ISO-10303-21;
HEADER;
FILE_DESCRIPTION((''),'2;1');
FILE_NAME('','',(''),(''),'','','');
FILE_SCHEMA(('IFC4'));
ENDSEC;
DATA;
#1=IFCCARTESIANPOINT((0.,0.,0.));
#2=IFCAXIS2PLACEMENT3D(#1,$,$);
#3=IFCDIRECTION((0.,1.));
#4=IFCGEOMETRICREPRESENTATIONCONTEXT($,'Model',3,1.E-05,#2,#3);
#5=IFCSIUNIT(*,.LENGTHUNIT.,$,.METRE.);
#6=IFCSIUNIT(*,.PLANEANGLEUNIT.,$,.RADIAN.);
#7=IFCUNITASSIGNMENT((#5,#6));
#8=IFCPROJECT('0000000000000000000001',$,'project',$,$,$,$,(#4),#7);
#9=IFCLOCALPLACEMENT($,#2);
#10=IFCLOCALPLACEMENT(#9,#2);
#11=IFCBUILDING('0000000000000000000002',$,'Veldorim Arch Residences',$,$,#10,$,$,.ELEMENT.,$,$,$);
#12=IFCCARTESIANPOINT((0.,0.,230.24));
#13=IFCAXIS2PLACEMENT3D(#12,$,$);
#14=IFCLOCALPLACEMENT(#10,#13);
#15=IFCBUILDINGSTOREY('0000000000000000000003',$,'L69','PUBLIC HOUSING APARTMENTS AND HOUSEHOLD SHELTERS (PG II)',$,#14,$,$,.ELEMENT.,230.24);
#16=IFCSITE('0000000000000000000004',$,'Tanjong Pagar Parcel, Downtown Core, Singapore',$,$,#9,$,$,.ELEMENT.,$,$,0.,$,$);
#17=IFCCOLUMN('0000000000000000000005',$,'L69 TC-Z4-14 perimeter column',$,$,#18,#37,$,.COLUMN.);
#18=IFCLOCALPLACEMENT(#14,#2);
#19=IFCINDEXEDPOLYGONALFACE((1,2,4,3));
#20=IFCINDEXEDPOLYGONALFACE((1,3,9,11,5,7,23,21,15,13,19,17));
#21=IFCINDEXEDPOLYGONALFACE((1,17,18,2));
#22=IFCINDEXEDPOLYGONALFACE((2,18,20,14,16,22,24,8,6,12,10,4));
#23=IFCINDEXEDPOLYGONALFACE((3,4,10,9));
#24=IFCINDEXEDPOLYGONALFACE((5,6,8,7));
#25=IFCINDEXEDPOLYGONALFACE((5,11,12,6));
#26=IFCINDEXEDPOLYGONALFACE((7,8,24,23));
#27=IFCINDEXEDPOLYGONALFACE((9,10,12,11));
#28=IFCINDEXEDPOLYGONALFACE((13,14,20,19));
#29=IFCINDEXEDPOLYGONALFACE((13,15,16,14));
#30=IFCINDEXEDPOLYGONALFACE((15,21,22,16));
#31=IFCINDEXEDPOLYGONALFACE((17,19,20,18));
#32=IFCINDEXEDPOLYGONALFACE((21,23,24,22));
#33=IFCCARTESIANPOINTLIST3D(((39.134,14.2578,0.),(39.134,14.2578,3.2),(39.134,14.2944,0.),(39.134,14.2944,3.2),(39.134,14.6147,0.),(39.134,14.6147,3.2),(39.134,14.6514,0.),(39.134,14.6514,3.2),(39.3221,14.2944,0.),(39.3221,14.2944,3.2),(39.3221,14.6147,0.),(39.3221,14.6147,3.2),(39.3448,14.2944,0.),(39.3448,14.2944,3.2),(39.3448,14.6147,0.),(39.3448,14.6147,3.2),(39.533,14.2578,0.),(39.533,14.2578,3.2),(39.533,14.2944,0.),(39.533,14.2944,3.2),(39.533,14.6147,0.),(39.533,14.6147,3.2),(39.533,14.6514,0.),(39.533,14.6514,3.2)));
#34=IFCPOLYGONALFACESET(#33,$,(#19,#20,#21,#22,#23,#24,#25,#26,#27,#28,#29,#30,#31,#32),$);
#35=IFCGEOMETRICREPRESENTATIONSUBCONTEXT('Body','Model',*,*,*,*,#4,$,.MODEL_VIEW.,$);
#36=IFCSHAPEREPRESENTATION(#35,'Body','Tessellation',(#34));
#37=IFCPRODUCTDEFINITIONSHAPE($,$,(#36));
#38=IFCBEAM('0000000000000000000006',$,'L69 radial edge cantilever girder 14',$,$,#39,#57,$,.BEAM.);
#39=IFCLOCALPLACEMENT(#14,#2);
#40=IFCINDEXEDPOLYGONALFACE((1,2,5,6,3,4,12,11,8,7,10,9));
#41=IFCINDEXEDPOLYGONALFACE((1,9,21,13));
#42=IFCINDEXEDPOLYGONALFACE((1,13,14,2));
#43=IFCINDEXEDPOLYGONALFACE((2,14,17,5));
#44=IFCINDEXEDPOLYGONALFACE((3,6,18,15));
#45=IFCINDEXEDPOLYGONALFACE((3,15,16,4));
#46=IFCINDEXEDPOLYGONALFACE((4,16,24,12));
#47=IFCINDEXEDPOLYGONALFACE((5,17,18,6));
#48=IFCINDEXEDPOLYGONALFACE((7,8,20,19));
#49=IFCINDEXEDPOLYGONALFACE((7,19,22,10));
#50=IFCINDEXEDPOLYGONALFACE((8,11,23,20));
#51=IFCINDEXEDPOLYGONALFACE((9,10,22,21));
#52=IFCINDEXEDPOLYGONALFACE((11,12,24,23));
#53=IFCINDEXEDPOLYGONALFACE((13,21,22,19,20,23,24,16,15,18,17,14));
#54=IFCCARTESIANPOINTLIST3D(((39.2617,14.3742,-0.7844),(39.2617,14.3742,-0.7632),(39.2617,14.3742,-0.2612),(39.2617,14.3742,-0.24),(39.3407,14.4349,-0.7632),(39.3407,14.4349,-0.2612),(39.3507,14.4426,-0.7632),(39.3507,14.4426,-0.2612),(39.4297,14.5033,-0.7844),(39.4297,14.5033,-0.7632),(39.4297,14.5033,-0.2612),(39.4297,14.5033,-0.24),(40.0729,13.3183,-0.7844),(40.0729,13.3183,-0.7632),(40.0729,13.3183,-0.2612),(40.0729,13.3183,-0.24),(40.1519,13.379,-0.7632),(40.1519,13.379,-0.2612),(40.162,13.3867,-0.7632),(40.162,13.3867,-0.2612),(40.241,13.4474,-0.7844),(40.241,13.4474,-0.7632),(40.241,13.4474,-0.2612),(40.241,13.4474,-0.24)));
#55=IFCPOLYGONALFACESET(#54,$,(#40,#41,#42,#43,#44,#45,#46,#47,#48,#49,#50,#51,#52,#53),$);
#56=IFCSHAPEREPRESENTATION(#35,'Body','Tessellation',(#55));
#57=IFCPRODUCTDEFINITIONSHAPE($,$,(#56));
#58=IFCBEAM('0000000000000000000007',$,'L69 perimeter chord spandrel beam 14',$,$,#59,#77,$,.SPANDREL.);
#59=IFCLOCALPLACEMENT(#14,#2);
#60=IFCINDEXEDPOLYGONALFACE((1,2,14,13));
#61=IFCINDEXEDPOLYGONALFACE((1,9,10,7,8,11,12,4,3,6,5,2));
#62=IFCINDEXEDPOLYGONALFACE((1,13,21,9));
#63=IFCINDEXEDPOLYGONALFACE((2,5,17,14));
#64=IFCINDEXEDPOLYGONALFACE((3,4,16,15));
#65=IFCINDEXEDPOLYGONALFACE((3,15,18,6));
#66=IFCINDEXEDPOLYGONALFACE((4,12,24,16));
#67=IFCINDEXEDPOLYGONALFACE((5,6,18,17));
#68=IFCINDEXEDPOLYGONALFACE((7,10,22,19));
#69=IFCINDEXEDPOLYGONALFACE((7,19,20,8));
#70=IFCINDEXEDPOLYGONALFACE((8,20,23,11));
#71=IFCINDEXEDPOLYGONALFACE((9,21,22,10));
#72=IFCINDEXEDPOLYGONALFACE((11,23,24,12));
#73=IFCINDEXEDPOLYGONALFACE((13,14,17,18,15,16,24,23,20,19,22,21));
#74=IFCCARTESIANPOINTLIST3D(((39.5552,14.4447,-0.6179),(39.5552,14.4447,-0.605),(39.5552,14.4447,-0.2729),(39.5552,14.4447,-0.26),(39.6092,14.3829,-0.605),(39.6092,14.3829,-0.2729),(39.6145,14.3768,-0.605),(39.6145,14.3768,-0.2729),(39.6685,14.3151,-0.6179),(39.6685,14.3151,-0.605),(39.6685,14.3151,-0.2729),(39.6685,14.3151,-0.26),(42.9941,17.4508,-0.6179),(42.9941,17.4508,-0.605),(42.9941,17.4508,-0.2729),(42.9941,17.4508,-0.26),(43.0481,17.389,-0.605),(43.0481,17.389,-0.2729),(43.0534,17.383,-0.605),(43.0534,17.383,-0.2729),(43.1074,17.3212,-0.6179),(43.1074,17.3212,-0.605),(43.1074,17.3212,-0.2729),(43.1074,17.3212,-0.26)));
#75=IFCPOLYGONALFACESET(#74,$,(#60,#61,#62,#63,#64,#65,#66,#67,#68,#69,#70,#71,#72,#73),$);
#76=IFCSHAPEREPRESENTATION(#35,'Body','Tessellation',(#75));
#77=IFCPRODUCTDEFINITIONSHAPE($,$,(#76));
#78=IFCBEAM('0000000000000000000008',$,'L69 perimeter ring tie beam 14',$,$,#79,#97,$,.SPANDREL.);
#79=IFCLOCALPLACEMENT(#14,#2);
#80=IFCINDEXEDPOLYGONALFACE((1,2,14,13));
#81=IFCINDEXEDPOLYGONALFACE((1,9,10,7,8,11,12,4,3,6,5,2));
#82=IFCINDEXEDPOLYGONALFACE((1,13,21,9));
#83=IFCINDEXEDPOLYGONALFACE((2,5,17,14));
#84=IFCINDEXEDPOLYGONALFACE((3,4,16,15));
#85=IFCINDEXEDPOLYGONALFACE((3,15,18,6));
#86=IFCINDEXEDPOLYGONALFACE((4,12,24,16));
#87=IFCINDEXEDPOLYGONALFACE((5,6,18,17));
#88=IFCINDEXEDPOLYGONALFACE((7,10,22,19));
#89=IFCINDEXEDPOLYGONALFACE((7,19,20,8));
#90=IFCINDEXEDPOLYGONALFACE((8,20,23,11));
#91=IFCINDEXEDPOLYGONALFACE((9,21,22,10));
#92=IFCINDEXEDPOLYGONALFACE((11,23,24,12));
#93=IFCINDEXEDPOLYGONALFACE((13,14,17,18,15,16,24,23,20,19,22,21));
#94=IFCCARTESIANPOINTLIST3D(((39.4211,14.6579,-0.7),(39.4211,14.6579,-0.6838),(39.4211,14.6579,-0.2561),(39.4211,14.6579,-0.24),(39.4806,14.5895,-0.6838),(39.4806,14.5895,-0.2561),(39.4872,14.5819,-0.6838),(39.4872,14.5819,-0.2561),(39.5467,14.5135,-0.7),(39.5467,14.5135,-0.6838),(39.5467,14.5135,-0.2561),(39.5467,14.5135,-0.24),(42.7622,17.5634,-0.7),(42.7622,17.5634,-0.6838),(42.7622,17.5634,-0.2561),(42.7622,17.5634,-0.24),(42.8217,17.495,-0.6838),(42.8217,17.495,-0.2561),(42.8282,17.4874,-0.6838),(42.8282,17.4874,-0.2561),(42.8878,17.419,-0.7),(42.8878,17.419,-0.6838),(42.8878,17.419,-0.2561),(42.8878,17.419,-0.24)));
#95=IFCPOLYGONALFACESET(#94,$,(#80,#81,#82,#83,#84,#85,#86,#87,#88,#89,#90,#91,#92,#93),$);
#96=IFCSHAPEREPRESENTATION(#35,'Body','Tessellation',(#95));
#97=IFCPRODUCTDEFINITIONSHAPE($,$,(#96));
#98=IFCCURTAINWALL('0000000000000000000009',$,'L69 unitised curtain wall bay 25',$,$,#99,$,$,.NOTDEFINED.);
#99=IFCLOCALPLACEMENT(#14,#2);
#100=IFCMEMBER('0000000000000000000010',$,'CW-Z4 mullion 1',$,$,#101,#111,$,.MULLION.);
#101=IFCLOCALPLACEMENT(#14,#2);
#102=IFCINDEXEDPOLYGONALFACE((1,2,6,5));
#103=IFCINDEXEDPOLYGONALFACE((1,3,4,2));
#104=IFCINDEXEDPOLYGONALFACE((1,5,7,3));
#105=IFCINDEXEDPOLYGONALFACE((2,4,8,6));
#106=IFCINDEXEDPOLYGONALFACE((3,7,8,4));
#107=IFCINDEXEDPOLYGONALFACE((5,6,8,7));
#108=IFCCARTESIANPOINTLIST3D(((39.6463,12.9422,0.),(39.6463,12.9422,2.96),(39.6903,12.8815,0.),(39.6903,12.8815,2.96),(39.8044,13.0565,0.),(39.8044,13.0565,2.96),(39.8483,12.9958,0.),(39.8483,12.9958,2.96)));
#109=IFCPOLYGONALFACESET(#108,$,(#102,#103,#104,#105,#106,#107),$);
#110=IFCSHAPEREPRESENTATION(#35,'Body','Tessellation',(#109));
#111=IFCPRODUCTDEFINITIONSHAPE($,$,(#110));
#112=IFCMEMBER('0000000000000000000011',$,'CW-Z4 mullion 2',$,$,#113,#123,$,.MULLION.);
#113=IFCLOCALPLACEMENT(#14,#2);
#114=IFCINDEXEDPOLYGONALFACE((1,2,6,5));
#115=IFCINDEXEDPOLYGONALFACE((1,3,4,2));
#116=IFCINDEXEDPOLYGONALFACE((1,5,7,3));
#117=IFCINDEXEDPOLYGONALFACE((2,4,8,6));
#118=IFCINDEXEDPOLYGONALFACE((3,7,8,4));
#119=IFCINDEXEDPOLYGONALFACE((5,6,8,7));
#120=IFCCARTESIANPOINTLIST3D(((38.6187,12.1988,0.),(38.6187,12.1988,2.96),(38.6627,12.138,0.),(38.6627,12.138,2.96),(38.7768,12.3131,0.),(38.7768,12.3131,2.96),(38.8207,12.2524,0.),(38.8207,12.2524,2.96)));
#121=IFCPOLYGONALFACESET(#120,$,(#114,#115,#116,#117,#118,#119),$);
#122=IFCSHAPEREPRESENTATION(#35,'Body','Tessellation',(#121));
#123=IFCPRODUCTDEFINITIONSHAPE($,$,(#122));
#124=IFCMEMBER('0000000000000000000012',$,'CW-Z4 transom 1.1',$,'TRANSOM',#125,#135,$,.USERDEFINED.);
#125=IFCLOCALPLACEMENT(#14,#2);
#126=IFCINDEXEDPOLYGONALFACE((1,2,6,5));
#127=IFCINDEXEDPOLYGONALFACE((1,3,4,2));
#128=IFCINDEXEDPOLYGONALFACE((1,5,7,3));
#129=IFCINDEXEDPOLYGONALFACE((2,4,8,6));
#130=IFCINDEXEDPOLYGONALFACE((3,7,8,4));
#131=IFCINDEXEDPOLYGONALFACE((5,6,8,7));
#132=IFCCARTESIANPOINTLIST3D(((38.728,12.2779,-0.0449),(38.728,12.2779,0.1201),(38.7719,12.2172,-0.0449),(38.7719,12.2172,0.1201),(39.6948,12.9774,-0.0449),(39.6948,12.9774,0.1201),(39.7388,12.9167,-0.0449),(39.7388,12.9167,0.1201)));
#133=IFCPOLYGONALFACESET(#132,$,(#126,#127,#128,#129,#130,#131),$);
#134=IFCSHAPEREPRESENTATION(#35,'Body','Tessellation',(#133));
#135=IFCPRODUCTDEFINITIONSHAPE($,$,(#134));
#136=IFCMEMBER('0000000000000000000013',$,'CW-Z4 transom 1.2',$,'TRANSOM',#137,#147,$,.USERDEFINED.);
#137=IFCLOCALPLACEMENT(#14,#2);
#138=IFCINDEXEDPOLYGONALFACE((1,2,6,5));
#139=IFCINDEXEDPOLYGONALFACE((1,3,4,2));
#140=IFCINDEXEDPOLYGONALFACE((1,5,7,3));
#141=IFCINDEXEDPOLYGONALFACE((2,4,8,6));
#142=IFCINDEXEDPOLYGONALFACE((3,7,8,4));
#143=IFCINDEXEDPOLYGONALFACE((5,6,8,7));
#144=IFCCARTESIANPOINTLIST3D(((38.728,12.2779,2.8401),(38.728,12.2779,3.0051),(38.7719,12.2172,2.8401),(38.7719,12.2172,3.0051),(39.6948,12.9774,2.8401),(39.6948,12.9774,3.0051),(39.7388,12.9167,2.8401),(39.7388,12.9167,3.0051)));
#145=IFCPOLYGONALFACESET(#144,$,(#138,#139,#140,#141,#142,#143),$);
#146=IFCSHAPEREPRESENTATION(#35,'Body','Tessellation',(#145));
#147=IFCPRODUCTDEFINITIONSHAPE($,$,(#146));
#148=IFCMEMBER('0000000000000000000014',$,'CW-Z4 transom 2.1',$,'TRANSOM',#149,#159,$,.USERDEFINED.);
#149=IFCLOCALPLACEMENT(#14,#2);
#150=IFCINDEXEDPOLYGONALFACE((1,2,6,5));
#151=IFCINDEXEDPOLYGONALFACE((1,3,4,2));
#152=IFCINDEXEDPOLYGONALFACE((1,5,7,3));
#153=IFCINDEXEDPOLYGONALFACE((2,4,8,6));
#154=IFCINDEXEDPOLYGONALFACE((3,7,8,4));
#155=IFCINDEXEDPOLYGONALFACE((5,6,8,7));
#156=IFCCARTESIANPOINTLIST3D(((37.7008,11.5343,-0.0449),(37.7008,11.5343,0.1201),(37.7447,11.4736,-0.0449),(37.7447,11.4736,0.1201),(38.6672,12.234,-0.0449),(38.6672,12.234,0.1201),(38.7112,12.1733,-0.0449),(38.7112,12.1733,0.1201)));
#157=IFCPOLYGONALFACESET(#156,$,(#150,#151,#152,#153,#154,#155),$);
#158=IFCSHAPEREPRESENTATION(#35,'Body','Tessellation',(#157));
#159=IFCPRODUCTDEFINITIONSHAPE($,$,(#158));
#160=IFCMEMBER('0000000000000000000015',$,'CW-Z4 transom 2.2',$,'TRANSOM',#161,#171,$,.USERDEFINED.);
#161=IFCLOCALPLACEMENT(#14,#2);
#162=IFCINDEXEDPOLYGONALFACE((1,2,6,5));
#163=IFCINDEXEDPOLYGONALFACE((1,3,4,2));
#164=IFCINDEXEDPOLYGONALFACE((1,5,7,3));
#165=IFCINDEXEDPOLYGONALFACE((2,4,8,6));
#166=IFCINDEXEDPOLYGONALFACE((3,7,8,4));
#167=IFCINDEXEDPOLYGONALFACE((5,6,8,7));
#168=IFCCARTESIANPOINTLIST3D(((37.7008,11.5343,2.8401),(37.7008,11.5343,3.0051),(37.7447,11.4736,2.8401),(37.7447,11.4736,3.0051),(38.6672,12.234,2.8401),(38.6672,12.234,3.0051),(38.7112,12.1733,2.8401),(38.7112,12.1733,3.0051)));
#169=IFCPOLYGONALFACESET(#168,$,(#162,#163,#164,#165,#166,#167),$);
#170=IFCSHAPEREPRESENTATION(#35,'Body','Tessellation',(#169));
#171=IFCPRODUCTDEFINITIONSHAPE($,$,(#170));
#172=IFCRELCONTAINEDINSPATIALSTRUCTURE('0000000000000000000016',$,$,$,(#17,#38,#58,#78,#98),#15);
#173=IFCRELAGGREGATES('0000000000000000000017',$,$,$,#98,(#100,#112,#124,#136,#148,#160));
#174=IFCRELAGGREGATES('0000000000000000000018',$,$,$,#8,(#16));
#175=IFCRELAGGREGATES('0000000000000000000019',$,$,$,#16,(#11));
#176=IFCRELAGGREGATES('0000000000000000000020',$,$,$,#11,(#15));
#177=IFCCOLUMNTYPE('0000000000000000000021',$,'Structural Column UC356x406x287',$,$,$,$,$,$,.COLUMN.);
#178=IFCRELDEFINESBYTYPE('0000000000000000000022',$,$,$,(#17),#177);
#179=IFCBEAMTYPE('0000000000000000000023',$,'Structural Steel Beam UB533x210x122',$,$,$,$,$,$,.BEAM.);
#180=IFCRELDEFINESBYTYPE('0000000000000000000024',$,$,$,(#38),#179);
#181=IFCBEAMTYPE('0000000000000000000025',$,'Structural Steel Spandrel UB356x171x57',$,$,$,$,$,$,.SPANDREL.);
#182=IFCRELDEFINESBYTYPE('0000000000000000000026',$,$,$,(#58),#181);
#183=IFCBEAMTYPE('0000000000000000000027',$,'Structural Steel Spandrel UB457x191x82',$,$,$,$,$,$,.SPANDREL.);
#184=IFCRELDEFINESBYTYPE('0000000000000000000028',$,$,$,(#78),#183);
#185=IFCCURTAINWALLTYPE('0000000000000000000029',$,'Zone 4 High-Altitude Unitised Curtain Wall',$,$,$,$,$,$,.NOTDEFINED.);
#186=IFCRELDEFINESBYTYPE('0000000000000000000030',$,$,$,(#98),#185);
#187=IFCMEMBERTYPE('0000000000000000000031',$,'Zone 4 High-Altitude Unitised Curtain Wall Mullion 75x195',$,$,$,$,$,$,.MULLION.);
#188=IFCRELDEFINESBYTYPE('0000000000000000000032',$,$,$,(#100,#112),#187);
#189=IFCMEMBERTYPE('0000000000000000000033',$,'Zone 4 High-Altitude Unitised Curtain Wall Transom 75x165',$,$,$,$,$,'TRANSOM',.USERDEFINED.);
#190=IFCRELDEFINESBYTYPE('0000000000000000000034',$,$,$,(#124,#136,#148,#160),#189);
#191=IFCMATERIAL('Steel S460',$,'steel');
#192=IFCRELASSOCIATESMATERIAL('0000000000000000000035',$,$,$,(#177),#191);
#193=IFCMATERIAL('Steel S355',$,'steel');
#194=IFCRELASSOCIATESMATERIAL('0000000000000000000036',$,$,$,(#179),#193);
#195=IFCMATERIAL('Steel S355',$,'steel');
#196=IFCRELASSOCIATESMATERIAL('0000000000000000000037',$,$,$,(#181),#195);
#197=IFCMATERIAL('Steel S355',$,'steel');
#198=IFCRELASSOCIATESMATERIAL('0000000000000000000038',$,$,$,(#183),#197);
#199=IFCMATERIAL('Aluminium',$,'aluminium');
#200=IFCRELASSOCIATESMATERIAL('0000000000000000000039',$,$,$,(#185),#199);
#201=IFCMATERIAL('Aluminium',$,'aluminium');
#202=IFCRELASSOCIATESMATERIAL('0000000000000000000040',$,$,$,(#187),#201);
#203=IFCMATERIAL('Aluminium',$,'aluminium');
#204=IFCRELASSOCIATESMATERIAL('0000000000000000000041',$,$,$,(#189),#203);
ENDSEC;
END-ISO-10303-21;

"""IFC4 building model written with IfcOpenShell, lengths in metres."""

from ifc_helpers import new_model, si_unit, direction, frame, origin, origin_2d, place, context, subcontext, project, spatial, rectangle, i_section, extrude, material, material_profile, profile_set, type_object, element, aggregate, save


model = new_model("IFC4")

# Units and contexts
model_context = context("Model", 3, precision=1e-05, world=origin(), true_north=direction((0.0, 1.0)))
body_context = subcontext(model_context, "Body", "Model", "MODEL_VIEW")
ifc_project = project(units=[si_unit("LENGTHUNIT", "METRE"), si_unit("PLANEANGLEUNIT", "RADIAN")], contexts=[model_context])

# Site, building, storey
site_placement = place(None, origin())
site = spatial("IfcSite", under=ifc_project, at=site_placement, Name="Tanjong Pagar Parcel, Downtown Core, Singapore", CompositionType="ELEMENT", RefElevation=0.0)
building_placement = place(site_placement, origin())
building = spatial("IfcBuilding", under=site, at=building_placement, Name="Veldorim Arch Residences", CompositionType="ELEMENT")
storey_placement = place(building_placement, frame((0.0, 0.0, 230.24)))
storey = spatial("IfcBuildingStorey", under=building, at=storey_placement, Name="L69", Description="PUBLIC HOUSING APARTMENTS AND HOUSEHOLD SHELTERS (PG II)", CompositionType="ELEMENT", Elevation=230.24)

# Column
ifc_material_1 = material(Name="Steel S460", Category="steel")
ifc_material_profile_1 = material_profile(ifc_material_1, i_section(OverallWidth=0.3989, OverallDepth=0.3936, WebThickness=0.0227, FlangeThickness=0.0366, at=origin_2d()), Name="UC356x406x287")
ifc_profile_set_1 = profile_set([ifc_material_profile_1], Name="Steel S460")
column_type = type_object("IfcColumnType", Name="Structural Column UC356x406x287", PredefinedType="COLUMN", material=ifc_profile_set_1)
column_placement = place(storey_placement, frame((39.3335, 14.4546, 0.0), z_axis=(0.0, 0.0, 1.0), x_axis=(1.0, 0.0, 0.0)))
element("IfcColumn", 1, at=column_placement, inside=storey, type_object=column_type, Name="L69 TC-Z4-14 perimeter column", PredefinedType="COLUMN", context=body_context, shape_type="SweptSolid", body=[
    extrude(i_section(OverallWidth=0.3989, OverallDepth=0.3936, WebThickness=0.0227, FlangeThickness=0.0366, at=origin_2d()), origin(), (0.0, 0.0, 1.0), 3.2),
])

# Beams
ifc_material_2 = material(Name="Steel S355", Category="steel")
ifc_material_profile_2 = material_profile(ifc_material_2, i_section(OverallWidth=0.2119, OverallDepth=0.5444, WebThickness=0.0127, FlangeThickness=0.0212, at=origin_2d()), Name="UB533x210x122")
ifc_profile_set_2 = profile_set([ifc_material_profile_2], Name="Steel S355")
beam_type_1 = type_object("IfcBeamType", Name="Structural Steel Beam UB533x210x122", PredefinedType="BEAM", material=ifc_profile_set_2)
beam_1_placement = place(storey_placement, frame((39.3457, 14.4387, -0.5122), z_axis=(0.609259, -0.792971, 0.0), x_axis=(0.792971, 0.609259, 0.0)))
element("IfcBeam", 2, at=beam_1_placement, inside=storey, type_object=beam_type_1, Name="L69 radial edge cantilever girder 14", PredefinedType="BEAM", context=body_context, shape_type="SweptSolid", body=[
    extrude(i_section(OverallWidth=0.2119, OverallDepth=0.5444, WebThickness=0.0127, FlangeThickness=0.0212, at=origin_2d()), origin(), (0.0, 0.0, 1.0), 1.3315),
])
ifc_material_3 = material(Name="Steel S355", Category="steel")
ifc_material_profile_3 = material_profile(ifc_material_3, i_section(OverallWidth=0.1721, OverallDepth=0.3579, WebThickness=0.0081, FlangeThickness=0.0129, at=origin_2d()), Name="UB356x171x57")
ifc_profile_set_3 = profile_set([ifc_material_profile_3], Name="Steel S355")
beam_type_2 = type_object("IfcBeamType", Name="Structural Steel Spandrel UB356x171x57", PredefinedType="SPANDREL", material=ifc_profile_set_3)
beam_2_placement = place(storey_placement, frame((39.6118, 14.3799, -0.439), z_axis=(0.752901, 0.658134, 0.0), x_axis=(-0.658134, 0.752901, 0.0)))
element("IfcBeam", 3, at=beam_2_placement, inside=storey, type_object=beam_type_2, Name="L69 perimeter chord spandrel beam 14", PredefinedType="SPANDREL", context=body_context, shape_type="SweptSolid", body=[
    extrude(i_section(OverallWidth=0.1721, OverallDepth=0.3579, WebThickness=0.0081, FlangeThickness=0.0129, at=origin_2d()), origin(), (0.0, 0.0, 1.0), 4.5676),
])
ifc_material_4 = material(Name="Steel S355", Category="steel")
ifc_material_profile_4 = material_profile(ifc_material_4, i_section(OverallWidth=0.1914, OverallDepth=0.46, WebThickness=0.01, FlangeThickness=0.0161, at=origin_2d()), Name="UB457x191x82")
ifc_profile_set_4 = profile_set([ifc_material_profile_4], Name="Steel S355")
beam_type_3 = type_object("IfcBeamType", Name="Structural Steel Spandrel UB457x191x82", PredefinedType="SPANDREL", material=ifc_profile_set_4)
beam_3_placement = place(storey_placement, frame((39.4839, 14.5857, -0.47), z_axis=(0.754578, 0.65621, 0.0), x_axis=(-0.65621, 0.754578, 0.0)))
element("IfcBeam", 4, at=beam_3_placement, inside=storey, type_object=beam_type_3, Name="L69 perimeter ring tie beam 14", PredefinedType="SPANDREL", context=body_context, shape_type="SweptSolid", body=[
    extrude(i_section(OverallWidth=0.1914, OverallDepth=0.46, WebThickness=0.01, FlangeThickness=0.0161, at=origin_2d()), origin(), (0.0, 0.0, 1.0), 4.4277),
])

# Curtain wall, members
ifc_material_5 = material(Name="Aluminium", Category="aluminium")
curtain_wall_type = type_object("IfcCurtainWallType", Name="Zone 4 High-Altitude Unitised Curtain Wall", PredefinedType="NOTDEFINED", material=ifc_material_5)
curtain_wall_placement = place(storey_placement, origin())
curtain_wall = element("IfcCurtainWall", 5, at=curtain_wall_placement, inside=storey, type_object=curtain_wall_type, Name="L69 unitised curtain wall bay 25", PredefinedType="NOTDEFINED")
ifc_material_6 = material(Name="Aluminium", Category="aluminium")
ifc_material_profile_5 = material_profile(ifc_material_6, rectangle(XDim=0.075, YDim=0.1951, at=origin_2d()), Name="ALU_MUL_75x195")
ifc_profile_set_5 = profile_set([ifc_material_profile_5], Name="Aluminium")
member_type_1 = type_object("IfcMemberType", Name="Zone 4 High-Altitude Unitised Curtain Wall Mullion 75x195", PredefinedType="MULLION", material=ifc_profile_set_5)
member_1_placement = place(storey_placement, frame((39.7473, 12.969, 0.0), z_axis=(0.0, 0.0, 1.0), x_axis=(0.586226, -0.810148, 0.0)))
member_1 = element("IfcMember", 6, at=member_1_placement, type_object=member_type_1, Name="CW-Z4 mullion 1", PredefinedType="MULLION", context=body_context, shape_type="SweptSolid", body=[
    extrude(rectangle(XDim=0.075, YDim=0.1951, at=origin_2d()), origin(), (0.0, 0.0, 1.0), 2.96),
])
member_2_placement = place(storey_placement, frame((38.7197, 12.2256, 0.0), z_axis=(0.0, 0.0, 1.0), x_axis=(0.586226, -0.810148, 0.0)))
member_2 = element("IfcMember", 7, at=member_2_placement, type_object=member_type_1, Name="CW-Z4 mullion 2", PredefinedType="MULLION", context=body_context, shape_type="SweptSolid", body=[
    extrude(rectangle(XDim=0.075, YDim=0.1951, at=origin_2d()), origin(), (0.0, 0.0, 1.0), 2.96),
])
ifc_material_7 = material(Name="Aluminium", Category="aluminium")
ifc_material_profile_6 = material_profile(ifc_material_7, rectangle(XDim=0.075, YDim=0.165, at=origin_2d()), Name="ALU_TRN_75x165")
ifc_profile_set_6 = profile_set([ifc_material_profile_6], Name="Aluminium")
member_type_2 = type_object("IfcMemberType", Name="Zone 4 High-Altitude Unitised Curtain Wall Transom 75x165", ElementType="TRANSOM", PredefinedType="USERDEFINED", material=ifc_profile_set_6)
member_3_placement = place(storey_placement, frame((39.7168, 12.947, 0.0376), z_axis=(-0.810193, -0.586163, 0.0), x_axis=(0.586163, -0.810193, 0.0)))
member_3 = element("IfcMember", 8, at=member_3_placement, type_object=member_type_2, Name="CW-Z4 transom 1.1", ObjectType="TRANSOM", PredefinedType="USERDEFINED", context=body_context, shape_type="SweptSolid", body=[
    extrude(rectangle(XDim=0.075, YDim=0.165, at=origin_2d()), origin(), (0.0, 0.0, 1.0), 1.1934),
])
member_4_placement = place(storey_placement, frame((39.7168, 12.947, 2.9226), z_axis=(-0.810193, -0.586163, 0.0), x_axis=(0.586163, -0.810193, 0.0)))
member_4 = element("IfcMember", 9, at=member_4_placement, type_object=member_type_2, Name="CW-Z4 transom 1.2", ObjectType="TRANSOM", PredefinedType="USERDEFINED", context=body_context, shape_type="SweptSolid", body=[
    extrude(rectangle(XDim=0.075, YDim=0.165, at=origin_2d()), origin(), (0.0, 0.0, 1.0), 1.1934),
])
member_5_placement = place(storey_placement, frame((38.6892, 12.2036, 0.0376), z_axis=(-0.810026, -0.586394, 0.0), x_axis=(0.586394, -0.810026, 0.0)))
member_5 = element("IfcMember", 10, at=member_5_placement, type_object=member_type_2, Name="CW-Z4 transom 2.1", ObjectType="TRANSOM", PredefinedType="USERDEFINED", context=body_context, shape_type="SweptSolid", body=[
    extrude(rectangle(XDim=0.075, YDim=0.165, at=origin_2d()), origin(), (0.0, 0.0, 1.0), 1.1931),
])
member_6_placement = place(storey_placement, frame((38.6892, 12.2036, 2.9226), z_axis=(-0.810026, -0.586394, 0.0), x_axis=(0.586394, -0.810026, 0.0)))
member_6 = element("IfcMember", 11, at=member_6_placement, type_object=member_type_2, Name="CW-Z4 transom 2.2", ObjectType="TRANSOM", PredefinedType="USERDEFINED", context=body_context, shape_type="SweptSolid", body=[
    extrude(rectangle(XDim=0.075, YDim=0.165, at=origin_2d()), origin(), (0.0, 0.0, 1.0), 1.1931),
])
aggregate(curtain_wall, [member_1, member_2, member_3, member_4, member_5, member_6])

save(model, "model.ifc")
